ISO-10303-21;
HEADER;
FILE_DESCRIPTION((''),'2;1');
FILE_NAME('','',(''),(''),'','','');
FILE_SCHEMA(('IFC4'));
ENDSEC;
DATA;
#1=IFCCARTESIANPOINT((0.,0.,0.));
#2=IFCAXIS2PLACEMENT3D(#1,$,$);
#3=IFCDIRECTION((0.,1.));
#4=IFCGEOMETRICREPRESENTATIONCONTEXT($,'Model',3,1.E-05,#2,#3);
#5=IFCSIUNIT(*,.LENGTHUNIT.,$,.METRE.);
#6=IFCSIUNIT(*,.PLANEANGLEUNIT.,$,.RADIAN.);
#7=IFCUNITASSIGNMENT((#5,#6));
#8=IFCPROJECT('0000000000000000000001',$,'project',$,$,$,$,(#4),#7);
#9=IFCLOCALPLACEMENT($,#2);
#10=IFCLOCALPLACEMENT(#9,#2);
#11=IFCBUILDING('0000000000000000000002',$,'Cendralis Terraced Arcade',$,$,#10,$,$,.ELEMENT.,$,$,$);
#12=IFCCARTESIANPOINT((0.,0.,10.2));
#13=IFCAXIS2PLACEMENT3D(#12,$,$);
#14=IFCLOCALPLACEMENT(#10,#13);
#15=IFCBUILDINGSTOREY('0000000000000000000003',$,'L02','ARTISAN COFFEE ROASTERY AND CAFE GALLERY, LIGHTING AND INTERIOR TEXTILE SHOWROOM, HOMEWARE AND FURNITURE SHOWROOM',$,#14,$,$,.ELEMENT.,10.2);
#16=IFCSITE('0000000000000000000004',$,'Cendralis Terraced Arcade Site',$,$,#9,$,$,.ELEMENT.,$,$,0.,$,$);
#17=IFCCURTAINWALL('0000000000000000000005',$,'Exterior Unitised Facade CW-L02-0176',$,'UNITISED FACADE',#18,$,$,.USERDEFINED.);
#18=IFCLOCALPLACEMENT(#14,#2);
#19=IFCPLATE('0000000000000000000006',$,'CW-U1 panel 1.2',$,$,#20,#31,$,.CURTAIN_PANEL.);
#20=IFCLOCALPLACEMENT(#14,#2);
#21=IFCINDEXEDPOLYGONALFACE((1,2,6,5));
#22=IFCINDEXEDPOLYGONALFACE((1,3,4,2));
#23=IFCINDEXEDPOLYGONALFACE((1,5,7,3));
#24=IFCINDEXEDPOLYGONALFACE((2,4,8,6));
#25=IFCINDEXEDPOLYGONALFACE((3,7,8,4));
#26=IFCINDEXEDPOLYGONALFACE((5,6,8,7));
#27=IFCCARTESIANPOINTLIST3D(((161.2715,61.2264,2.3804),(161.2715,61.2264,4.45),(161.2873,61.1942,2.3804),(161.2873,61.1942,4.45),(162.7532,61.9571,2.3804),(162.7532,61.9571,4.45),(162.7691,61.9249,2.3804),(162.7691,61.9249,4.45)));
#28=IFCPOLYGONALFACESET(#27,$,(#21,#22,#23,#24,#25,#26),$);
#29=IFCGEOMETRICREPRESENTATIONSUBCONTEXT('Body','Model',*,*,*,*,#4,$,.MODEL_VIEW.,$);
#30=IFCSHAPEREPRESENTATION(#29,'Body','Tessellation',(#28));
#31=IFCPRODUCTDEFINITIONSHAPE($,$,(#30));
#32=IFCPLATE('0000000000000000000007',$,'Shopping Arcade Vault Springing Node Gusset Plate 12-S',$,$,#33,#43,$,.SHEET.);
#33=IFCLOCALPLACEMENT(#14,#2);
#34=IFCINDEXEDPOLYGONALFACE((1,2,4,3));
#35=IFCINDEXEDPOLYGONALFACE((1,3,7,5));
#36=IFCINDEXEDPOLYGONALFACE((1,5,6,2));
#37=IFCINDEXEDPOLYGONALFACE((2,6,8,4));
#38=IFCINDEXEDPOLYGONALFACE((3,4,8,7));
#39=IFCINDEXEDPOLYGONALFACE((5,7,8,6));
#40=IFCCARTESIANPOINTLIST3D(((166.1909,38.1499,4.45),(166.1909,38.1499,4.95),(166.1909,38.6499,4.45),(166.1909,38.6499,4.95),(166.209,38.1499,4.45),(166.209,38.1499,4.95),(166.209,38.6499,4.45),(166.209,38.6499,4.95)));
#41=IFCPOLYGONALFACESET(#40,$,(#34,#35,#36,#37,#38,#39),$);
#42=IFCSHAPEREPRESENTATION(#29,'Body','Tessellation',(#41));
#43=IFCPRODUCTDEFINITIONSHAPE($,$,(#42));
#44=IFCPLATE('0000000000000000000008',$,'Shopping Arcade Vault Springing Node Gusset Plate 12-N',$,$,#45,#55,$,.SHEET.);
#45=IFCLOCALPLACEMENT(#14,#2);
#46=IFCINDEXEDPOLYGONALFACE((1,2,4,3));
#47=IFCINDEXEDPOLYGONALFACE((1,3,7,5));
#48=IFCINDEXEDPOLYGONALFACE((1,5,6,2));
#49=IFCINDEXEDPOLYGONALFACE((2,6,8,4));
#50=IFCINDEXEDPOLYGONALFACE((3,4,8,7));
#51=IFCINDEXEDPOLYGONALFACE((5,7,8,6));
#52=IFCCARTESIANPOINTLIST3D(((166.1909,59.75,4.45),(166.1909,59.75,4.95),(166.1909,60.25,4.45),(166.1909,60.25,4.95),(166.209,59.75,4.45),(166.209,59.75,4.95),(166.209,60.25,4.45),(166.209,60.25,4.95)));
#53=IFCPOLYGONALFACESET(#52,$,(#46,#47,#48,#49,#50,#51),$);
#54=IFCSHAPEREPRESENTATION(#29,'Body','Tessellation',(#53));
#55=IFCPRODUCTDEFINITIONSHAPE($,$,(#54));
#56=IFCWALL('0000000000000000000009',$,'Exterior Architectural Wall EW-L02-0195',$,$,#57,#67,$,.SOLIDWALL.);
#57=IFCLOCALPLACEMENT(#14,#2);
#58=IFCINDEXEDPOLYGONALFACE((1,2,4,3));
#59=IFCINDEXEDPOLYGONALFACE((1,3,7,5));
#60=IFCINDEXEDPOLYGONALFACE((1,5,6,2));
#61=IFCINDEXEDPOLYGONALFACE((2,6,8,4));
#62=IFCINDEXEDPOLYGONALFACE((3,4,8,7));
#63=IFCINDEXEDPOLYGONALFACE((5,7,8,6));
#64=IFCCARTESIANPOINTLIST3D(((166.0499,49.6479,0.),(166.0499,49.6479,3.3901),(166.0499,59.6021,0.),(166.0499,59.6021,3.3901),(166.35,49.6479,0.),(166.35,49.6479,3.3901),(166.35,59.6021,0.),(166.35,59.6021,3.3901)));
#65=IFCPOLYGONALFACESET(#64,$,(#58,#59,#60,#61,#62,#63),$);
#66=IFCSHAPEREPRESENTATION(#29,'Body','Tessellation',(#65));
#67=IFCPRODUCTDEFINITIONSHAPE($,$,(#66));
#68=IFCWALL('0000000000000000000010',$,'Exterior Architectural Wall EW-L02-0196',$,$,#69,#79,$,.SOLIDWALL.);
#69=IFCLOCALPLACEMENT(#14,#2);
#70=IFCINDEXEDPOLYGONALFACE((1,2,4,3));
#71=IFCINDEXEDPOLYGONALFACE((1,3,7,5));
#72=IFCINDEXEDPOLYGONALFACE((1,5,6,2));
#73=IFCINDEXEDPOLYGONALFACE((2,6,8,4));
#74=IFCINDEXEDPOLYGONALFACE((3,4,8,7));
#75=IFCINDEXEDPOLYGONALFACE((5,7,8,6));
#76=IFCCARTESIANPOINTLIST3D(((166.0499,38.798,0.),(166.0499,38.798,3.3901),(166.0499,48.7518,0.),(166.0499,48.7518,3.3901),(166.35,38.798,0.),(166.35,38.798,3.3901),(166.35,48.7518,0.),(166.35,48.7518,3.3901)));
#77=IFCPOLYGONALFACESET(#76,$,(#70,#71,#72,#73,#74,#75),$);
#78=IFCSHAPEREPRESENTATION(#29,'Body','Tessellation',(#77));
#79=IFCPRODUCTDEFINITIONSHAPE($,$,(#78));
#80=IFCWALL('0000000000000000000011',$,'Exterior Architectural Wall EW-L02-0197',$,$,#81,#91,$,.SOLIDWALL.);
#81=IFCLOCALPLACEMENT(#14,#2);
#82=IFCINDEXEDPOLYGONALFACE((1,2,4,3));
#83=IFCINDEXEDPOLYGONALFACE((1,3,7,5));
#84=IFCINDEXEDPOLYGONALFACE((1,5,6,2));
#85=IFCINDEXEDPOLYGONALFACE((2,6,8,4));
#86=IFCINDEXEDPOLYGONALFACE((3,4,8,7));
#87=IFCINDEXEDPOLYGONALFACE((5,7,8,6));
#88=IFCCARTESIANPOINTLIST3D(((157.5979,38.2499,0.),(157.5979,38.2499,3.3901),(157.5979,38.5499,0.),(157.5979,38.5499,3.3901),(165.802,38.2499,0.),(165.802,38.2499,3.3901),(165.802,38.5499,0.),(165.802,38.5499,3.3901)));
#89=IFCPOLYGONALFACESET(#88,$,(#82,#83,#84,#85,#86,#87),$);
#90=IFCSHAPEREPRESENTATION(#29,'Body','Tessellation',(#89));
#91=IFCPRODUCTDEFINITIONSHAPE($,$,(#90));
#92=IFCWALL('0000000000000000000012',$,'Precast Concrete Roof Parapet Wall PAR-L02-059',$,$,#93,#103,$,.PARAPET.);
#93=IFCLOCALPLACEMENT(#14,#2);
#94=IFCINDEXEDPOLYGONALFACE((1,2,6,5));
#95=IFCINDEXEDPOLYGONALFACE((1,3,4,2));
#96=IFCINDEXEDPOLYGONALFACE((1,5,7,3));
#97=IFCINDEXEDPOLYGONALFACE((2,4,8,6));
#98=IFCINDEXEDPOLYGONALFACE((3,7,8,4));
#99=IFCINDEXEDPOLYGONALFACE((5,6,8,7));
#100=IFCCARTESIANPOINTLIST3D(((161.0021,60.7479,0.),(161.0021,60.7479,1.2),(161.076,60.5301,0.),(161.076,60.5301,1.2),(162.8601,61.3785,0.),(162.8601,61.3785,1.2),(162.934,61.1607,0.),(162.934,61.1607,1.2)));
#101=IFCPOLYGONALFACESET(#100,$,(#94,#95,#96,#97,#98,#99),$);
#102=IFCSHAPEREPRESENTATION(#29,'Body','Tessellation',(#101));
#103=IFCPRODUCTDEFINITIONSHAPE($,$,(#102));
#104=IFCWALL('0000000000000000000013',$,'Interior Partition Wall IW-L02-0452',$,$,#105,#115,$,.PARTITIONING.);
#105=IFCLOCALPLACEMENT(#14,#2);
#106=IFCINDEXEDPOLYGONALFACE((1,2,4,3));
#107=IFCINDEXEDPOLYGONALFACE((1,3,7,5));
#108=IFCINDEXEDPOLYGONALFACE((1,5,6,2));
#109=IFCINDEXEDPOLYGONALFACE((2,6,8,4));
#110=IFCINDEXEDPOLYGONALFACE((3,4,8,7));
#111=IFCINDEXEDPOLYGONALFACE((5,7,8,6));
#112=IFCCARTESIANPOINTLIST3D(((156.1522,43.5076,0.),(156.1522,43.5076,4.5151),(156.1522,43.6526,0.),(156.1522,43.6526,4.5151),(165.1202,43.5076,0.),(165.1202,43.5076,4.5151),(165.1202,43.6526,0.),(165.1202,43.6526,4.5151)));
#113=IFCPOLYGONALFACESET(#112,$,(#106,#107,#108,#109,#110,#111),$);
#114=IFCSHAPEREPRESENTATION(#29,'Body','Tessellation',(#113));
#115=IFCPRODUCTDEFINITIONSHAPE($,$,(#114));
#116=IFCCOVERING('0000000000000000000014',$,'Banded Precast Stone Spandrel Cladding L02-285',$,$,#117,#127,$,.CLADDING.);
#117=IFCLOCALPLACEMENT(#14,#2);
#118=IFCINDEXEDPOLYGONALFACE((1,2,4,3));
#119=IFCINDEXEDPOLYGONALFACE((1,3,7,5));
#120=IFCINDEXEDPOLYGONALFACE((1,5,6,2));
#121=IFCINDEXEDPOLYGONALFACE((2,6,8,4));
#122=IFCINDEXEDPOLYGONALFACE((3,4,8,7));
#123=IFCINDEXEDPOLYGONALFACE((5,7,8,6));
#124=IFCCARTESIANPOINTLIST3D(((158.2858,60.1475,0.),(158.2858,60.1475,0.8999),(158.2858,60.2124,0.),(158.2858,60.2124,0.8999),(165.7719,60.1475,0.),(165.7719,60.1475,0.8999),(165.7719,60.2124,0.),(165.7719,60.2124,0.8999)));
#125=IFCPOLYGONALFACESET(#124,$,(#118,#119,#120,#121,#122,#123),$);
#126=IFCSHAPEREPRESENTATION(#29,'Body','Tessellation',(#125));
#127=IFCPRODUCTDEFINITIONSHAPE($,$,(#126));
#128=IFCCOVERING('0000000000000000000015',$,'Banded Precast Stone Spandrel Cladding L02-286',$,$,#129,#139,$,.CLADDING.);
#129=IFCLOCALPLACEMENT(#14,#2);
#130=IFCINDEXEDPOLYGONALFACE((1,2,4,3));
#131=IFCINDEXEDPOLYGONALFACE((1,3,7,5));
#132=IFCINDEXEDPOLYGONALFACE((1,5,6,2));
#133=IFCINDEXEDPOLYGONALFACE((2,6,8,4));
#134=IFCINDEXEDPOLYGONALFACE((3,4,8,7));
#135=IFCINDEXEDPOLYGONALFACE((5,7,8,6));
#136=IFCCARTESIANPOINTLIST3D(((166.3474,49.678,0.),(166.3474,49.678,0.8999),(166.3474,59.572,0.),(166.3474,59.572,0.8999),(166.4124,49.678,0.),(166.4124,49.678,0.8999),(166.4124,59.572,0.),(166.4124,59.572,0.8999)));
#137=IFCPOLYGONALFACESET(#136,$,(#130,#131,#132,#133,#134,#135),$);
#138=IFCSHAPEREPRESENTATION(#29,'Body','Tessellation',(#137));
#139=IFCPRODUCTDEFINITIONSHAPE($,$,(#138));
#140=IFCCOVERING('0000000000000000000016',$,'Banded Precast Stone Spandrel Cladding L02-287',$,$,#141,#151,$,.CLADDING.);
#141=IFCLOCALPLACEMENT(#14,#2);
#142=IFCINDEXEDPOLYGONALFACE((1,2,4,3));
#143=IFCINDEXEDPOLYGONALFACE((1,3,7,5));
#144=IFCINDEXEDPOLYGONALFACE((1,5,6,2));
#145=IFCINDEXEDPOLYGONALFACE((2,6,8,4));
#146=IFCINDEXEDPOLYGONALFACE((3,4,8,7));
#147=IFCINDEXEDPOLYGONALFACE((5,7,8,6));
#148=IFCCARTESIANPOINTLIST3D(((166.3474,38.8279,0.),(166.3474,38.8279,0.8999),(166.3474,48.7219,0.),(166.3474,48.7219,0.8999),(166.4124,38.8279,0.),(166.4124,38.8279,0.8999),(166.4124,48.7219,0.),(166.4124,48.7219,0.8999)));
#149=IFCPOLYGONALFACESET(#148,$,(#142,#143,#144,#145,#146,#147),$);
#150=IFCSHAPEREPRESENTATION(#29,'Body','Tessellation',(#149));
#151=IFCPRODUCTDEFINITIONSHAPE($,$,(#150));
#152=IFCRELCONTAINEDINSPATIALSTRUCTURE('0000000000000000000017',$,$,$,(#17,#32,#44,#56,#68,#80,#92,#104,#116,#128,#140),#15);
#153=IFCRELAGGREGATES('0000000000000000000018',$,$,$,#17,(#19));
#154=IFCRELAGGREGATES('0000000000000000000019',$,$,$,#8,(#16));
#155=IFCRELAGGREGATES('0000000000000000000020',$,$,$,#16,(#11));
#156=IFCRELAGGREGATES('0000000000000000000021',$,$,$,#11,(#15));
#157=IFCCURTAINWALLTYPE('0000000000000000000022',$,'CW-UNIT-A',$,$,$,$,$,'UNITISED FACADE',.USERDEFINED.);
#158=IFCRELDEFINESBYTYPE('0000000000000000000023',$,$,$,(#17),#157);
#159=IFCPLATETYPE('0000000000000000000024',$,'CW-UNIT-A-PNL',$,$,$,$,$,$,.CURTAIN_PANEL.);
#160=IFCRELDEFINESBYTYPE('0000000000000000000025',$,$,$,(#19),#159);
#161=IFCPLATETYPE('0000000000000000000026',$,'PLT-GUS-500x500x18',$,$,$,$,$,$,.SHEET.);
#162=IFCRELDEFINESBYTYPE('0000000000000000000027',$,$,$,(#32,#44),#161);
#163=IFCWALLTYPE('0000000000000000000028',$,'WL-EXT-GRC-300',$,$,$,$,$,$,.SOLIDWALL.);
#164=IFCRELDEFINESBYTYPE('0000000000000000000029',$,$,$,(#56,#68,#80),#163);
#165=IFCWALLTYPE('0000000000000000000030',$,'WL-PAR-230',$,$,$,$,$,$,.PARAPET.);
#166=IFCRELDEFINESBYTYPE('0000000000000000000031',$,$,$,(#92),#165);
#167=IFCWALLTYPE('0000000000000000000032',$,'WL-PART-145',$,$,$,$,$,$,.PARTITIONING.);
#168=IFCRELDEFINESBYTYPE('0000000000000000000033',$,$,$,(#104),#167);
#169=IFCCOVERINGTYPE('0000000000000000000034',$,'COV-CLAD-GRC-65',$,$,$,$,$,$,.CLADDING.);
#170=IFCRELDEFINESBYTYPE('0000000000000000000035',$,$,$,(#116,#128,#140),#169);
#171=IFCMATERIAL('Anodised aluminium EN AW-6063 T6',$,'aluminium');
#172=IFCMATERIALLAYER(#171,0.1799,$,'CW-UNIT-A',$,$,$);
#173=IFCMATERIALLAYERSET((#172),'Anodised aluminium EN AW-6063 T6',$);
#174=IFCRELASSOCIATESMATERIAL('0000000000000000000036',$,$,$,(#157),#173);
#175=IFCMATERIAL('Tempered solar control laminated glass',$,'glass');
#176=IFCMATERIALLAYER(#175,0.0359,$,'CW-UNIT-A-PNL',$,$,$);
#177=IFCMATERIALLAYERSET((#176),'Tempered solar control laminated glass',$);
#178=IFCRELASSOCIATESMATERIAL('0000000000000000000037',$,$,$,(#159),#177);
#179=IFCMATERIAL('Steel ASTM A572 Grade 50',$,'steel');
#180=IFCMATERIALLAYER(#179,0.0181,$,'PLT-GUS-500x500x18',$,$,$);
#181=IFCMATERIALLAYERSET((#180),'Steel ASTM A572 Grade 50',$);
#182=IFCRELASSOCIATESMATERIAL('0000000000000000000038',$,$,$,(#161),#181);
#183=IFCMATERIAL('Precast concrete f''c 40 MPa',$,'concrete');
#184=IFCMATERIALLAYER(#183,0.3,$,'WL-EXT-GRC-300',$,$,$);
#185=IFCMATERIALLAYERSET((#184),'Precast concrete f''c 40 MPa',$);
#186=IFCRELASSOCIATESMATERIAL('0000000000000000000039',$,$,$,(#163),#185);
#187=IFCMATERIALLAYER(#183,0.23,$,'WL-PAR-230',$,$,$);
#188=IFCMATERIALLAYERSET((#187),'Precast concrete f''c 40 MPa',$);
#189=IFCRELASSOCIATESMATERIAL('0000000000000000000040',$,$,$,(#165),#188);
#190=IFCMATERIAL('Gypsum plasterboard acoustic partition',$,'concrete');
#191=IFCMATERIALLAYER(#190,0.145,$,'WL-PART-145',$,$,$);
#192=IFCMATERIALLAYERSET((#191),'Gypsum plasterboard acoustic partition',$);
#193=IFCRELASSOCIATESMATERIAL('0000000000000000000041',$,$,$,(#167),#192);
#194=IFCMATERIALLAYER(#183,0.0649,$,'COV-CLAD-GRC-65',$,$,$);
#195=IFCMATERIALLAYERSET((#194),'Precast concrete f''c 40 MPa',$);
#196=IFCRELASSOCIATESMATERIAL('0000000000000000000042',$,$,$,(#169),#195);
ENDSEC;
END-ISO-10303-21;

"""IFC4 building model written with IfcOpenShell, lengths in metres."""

from ifc_helpers import new_model, si_unit, direction, frame, frame_2d, origin, origin_2d, place, context, subcontext, project, spatial, rectangle, extrude, material, layer, layer_set, type_object, element, aggregate, save


model = new_model("IFC4")

# Units and contexts
model_context = context("Model", 3, precision=1e-05, world=origin(), true_north=direction((0.0, 1.0)))
body_context = subcontext(model_context, "Body", "Model", "MODEL_VIEW")
ifc_project = project(units=[si_unit("LENGTHUNIT", "METRE"), si_unit("PLANEANGLEUNIT", "RADIAN")], contexts=[model_context])

# Site, building, storey
site_placement = place(None, origin())
site = spatial("IfcSite", under=ifc_project, at=site_placement, Name="Cendralis Terraced Arcade Site", CompositionType="ELEMENT", RefElevation=0.0)
building_placement = place(site_placement, origin())
building = spatial("IfcBuilding", under=site, at=building_placement, Name="Cendralis Terraced Arcade", CompositionType="ELEMENT")
storey_placement = place(building_placement, frame((0.0, 0.0, 10.2)))
storey = spatial("IfcBuildingStorey", under=building, at=storey_placement, Name="L02", Description="ARTISAN COFFEE ROASTERY AND CAFE GALLERY, LIGHTING AND INTERIOR TEXTILE SHOWROOM, HOMEWARE AND FURNITURE SHOWROOM", CompositionType="ELEMENT", Elevation=10.2)

# Curtain wall
ifc_material_1 = material(Name="Anodised aluminium EN AW-6063 T6", Category="aluminium")
ifc_layer_1 = layer(ifc_material_1, 0.1799, Name="CW-UNIT-A")
ifc_layer_set_1 = layer_set([ifc_layer_1], Name="Anodised aluminium EN AW-6063 T6")
curtain_wall_type = type_object("IfcCurtainWallType", Name="CW-UNIT-A", ElementType="UNITISED FACADE", PredefinedType="USERDEFINED", material=ifc_layer_set_1)
curtain_wall_placement = place(storey_placement, origin())
curtain_wall = element("IfcCurtainWall", 1, at=curtain_wall_placement, inside=storey, type_object=curtain_wall_type, Name="Exterior Unitised Facade CW-L02-0176", ObjectType="UNITISED FACADE", PredefinedType="USERDEFINED")

# Plate
ifc_material_2 = material(Name="Tempered solar control laminated glass", Category="glass")
ifc_layer_2 = layer(ifc_material_2, 0.0359, Name="CW-UNIT-A-PNL")
ifc_layer_set_2 = layer_set([ifc_layer_2], Name="Tempered solar control laminated glass")
plate_type_1 = type_object("IfcPlateType", Name="CW-UNIT-A-PNL", PredefinedType="CURTAIN_PANEL", material=ifc_layer_set_2)
plate_1_placement = place(storey_placement, frame((162.0203, 61.5757, 2.3804), z_axis=(0.0, 0.0, 1.0), x_axis=(-0.896871, -0.442291, 0.0)))
plate_1 = element("IfcPlate", 2, at=plate_1_placement, type_object=plate_type_1, Name="CW-U1 panel 1.2", PredefinedType="CURTAIN_PANEL", context=body_context, shape_type="SweptSolid", body=[
    extrude(rectangle(XDim=1.6521, YDim=0.0359, at=origin_2d()), origin(), (0.0, 0.0, 1.0), 2.0696),
])
aggregate(curtain_wall, [plate_1])

# Plates
ifc_material_3 = material(Name="Steel ASTM A572 Grade 50", Category="steel")
ifc_layer_3 = layer(ifc_material_3, 0.0181, Name="PLT-GUS-500x500x18")
ifc_layer_set_3 = layer_set([ifc_layer_3], Name="Steel ASTM A572 Grade 50")
plate_type_2 = type_object("IfcPlateType", Name="PLT-GUS-500x500x18", PredefinedType="SHEET", material=ifc_layer_set_3)
for number, where, z_axis, x_axis, name in (
    (3, (166.2, 38.3999, 4.45), (0.0, 0.0, 1.0), (0.0, 1.0, 0.0), "Shopping Arcade Vault Springing Node Gusset Plate 12-S"),
    (4, (166.2, 60.0, 4.45), (0.0, 0.0, 1.0), (0.0, 1.0, 0.0), "Shopping Arcade Vault Springing Node Gusset Plate 12-N"),
):
    element("IfcPlate", number, at=place(storey_placement, frame(where, z_axis=z_axis, x_axis=x_axis)), inside=storey, type_object=plate_type_2, Name=name, PredefinedType="SHEET", context=body_context, shape_type="SweptSolid", body=[
        extrude(rectangle(XDim=0.5, YDim=0.0181, at=origin_2d()), origin(), (0.0, 0.0, 1.0), 0.5),
    ])

# Walls
ifc_material_4 = material(Name="Precast concrete f'c 40 MPa", Category="concrete")
ifc_layer_4 = layer(ifc_material_4, 0.3, Name="WL-EXT-GRC-300")
ifc_layer_set_4 = layer_set([ifc_layer_4], Name="Precast concrete f'c 40 MPa")
wall_type_1 = type_object("IfcWallType", Name="WL-EXT-GRC-300", PredefinedType="SOLIDWALL", material=ifc_layer_set_4)
wall_1_placement = place(storey_placement, frame((166.2, 59.6021, 0.0), z_axis=(0.0, 0.0, 1.0), x_axis=(0.0, -1.0, 0.0)))
element("IfcWall", 5, at=wall_1_placement, inside=storey, type_object=wall_type_1, Name="Exterior Architectural Wall EW-L02-0195", PredefinedType="SOLIDWALL", context=body_context, shape_type="SweptSolid", body=[
    extrude(rectangle(XDim=9.9541, YDim=0.3, at=frame_2d((4.9771, 0.0))), origin(), (0.0, 0.0, 1.0), 3.3901),
])
wall_2_placement = place(storey_placement, frame((166.2, 48.752, 0.0), z_axis=(0.0, 0.0, 1.0), x_axis=(0.0, -1.0, 0.0)))
element("IfcWall", 6, at=wall_2_placement, inside=storey, type_object=wall_type_1, Name="Exterior Architectural Wall EW-L02-0196", PredefinedType="SOLIDWALL", context=body_context, shape_type="SweptSolid", body=[
    extrude(rectangle(XDim=9.9539, YDim=0.3, at=frame_2d((4.9771, 0.0))), origin(), (0.0, 0.0, 1.0), 3.3901),
])
wall_3_placement = place(storey_placement, frame((165.802, 38.3999, 0.0), z_axis=(0.0, 0.0, 1.0), x_axis=(-1.0, 0.0, 0.0)))
element("IfcWall", 7, at=wall_3_placement, inside=storey, type_object=wall_type_1, Name="Exterior Architectural Wall EW-L02-0197", PredefinedType="SOLIDWALL", context=body_context, shape_type="SweptSolid", body=[
    extrude(rectangle(XDim=8.2041, YDim=0.3, at=frame_2d((4.1021, 0.0))), origin(), (0.0, 0.0, 1.0), 3.3901),
])
ifc_layer_5 = layer(ifc_material_4, 0.23, Name="WL-PAR-230")
ifc_layer_set_5 = layer_set([ifc_layer_5], Name="Precast concrete f'c 40 MPa")
wall_type_2 = type_object("IfcWallType", Name="WL-PAR-230", PredefinedType="PARAPET", material=ifc_layer_set_5)
wall_4_placement = place(storey_placement, frame((162.897, 61.2695, 0.0), z_axis=(0.0, 0.0, 1.0), x_axis=(-0.946952, -0.321374, 0.0)))
element("IfcWall", 8, at=wall_4_placement, inside=storey, type_object=wall_type_2, Name="Precast Concrete Roof Parapet Wall PAR-L02-059", PredefinedType="PARAPET", context=body_context, shape_type="SweptSolid", body=[
    extrude(rectangle(XDim=1.9622, YDim=0.23, at=frame_2d((0.981, 0.0))), origin(), (0.0, 0.0, 1.0), 1.2),
])
ifc_material_5 = material(Name="Gypsum plasterboard acoustic partition", Category="concrete")
ifc_layer_6 = layer(ifc_material_5, 0.145, Name="WL-PART-145")
ifc_layer_set_6 = layer_set([ifc_layer_6], Name="Gypsum plasterboard acoustic partition")
wall_type_3 = type_object("IfcWallType", Name="WL-PART-145", PredefinedType="PARTITIONING", material=ifc_layer_set_6)
wall_5_placement = place(storey_placement, frame((165.1201, 43.5801, 0.0), z_axis=(0.0, 0.0, 1.0), x_axis=(-1.0, 0.0, 0.0)))
element("IfcWall", 9, at=wall_5_placement, inside=storey, type_object=wall_type_3, Name="Interior Partition Wall IW-L02-0452", PredefinedType="PARTITIONING", context=body_context, shape_type="SweptSolid", body=[
    extrude(rectangle(XDim=8.968, YDim=0.145, at=frame_2d((4.4839, 0.0))), origin(), (0.0, 0.0, 1.0), 4.5151),
])

# Coverings
ifc_layer_7 = layer(ifc_material_4, 0.0649, Name="COV-CLAD-GRC-65")
ifc_layer_set_7 = layer_set([ifc_layer_7], Name="Precast concrete f'c 40 MPa")
covering_type = type_object("IfcCoveringType", Name="COV-CLAD-GRC-65", PredefinedType="CLADDING", material=ifc_layer_set_7)
covering_placement = place(storey_placement, frame((162.0288, 60.1799, 0.0), z_axis=(0.0, 0.0, 1.0), x_axis=(1.0, 0.0, 0.0)))
element("IfcCovering", 10, at=covering_placement, inside=storey, type_object=covering_type, Name="Banded Precast Stone Spandrel Cladding L02-285", PredefinedType="CLADDING", context=body_context, shape_type="SweptSolid", body=[
    extrude(rectangle(XDim=7.4861, YDim=0.0649, at=origin_2d()), origin(), (0.0, 0.0, 1.0), 0.8999),
])
for number, where, z_axis, x_axis, name in (
    (11, (166.3799, 54.625, 0.0), (0.0, 0.0, 1.0), (0.0, -1.0, 0.0), "Banded Precast Stone Spandrel Cladding L02-286"),
    (12, (166.3799, 43.7749, 0.0), (0.0, 0.0, 1.0), (0.0, -1.0, 0.0), "Banded Precast Stone Spandrel Cladding L02-287"),
):
    element("IfcCovering", number, at=place(storey_placement, frame(where, z_axis=z_axis, x_axis=x_axis)), inside=storey, type_object=covering_type, Name=name, PredefinedType="CLADDING", context=body_context, shape_type="SweptSolid", body=[
        extrude(rectangle(XDim=9.894, YDim=0.0649, at=origin_2d()), origin(), (0.0, 0.0, 1.0), 0.8999),
    ])

save(model, "model.ifc")
